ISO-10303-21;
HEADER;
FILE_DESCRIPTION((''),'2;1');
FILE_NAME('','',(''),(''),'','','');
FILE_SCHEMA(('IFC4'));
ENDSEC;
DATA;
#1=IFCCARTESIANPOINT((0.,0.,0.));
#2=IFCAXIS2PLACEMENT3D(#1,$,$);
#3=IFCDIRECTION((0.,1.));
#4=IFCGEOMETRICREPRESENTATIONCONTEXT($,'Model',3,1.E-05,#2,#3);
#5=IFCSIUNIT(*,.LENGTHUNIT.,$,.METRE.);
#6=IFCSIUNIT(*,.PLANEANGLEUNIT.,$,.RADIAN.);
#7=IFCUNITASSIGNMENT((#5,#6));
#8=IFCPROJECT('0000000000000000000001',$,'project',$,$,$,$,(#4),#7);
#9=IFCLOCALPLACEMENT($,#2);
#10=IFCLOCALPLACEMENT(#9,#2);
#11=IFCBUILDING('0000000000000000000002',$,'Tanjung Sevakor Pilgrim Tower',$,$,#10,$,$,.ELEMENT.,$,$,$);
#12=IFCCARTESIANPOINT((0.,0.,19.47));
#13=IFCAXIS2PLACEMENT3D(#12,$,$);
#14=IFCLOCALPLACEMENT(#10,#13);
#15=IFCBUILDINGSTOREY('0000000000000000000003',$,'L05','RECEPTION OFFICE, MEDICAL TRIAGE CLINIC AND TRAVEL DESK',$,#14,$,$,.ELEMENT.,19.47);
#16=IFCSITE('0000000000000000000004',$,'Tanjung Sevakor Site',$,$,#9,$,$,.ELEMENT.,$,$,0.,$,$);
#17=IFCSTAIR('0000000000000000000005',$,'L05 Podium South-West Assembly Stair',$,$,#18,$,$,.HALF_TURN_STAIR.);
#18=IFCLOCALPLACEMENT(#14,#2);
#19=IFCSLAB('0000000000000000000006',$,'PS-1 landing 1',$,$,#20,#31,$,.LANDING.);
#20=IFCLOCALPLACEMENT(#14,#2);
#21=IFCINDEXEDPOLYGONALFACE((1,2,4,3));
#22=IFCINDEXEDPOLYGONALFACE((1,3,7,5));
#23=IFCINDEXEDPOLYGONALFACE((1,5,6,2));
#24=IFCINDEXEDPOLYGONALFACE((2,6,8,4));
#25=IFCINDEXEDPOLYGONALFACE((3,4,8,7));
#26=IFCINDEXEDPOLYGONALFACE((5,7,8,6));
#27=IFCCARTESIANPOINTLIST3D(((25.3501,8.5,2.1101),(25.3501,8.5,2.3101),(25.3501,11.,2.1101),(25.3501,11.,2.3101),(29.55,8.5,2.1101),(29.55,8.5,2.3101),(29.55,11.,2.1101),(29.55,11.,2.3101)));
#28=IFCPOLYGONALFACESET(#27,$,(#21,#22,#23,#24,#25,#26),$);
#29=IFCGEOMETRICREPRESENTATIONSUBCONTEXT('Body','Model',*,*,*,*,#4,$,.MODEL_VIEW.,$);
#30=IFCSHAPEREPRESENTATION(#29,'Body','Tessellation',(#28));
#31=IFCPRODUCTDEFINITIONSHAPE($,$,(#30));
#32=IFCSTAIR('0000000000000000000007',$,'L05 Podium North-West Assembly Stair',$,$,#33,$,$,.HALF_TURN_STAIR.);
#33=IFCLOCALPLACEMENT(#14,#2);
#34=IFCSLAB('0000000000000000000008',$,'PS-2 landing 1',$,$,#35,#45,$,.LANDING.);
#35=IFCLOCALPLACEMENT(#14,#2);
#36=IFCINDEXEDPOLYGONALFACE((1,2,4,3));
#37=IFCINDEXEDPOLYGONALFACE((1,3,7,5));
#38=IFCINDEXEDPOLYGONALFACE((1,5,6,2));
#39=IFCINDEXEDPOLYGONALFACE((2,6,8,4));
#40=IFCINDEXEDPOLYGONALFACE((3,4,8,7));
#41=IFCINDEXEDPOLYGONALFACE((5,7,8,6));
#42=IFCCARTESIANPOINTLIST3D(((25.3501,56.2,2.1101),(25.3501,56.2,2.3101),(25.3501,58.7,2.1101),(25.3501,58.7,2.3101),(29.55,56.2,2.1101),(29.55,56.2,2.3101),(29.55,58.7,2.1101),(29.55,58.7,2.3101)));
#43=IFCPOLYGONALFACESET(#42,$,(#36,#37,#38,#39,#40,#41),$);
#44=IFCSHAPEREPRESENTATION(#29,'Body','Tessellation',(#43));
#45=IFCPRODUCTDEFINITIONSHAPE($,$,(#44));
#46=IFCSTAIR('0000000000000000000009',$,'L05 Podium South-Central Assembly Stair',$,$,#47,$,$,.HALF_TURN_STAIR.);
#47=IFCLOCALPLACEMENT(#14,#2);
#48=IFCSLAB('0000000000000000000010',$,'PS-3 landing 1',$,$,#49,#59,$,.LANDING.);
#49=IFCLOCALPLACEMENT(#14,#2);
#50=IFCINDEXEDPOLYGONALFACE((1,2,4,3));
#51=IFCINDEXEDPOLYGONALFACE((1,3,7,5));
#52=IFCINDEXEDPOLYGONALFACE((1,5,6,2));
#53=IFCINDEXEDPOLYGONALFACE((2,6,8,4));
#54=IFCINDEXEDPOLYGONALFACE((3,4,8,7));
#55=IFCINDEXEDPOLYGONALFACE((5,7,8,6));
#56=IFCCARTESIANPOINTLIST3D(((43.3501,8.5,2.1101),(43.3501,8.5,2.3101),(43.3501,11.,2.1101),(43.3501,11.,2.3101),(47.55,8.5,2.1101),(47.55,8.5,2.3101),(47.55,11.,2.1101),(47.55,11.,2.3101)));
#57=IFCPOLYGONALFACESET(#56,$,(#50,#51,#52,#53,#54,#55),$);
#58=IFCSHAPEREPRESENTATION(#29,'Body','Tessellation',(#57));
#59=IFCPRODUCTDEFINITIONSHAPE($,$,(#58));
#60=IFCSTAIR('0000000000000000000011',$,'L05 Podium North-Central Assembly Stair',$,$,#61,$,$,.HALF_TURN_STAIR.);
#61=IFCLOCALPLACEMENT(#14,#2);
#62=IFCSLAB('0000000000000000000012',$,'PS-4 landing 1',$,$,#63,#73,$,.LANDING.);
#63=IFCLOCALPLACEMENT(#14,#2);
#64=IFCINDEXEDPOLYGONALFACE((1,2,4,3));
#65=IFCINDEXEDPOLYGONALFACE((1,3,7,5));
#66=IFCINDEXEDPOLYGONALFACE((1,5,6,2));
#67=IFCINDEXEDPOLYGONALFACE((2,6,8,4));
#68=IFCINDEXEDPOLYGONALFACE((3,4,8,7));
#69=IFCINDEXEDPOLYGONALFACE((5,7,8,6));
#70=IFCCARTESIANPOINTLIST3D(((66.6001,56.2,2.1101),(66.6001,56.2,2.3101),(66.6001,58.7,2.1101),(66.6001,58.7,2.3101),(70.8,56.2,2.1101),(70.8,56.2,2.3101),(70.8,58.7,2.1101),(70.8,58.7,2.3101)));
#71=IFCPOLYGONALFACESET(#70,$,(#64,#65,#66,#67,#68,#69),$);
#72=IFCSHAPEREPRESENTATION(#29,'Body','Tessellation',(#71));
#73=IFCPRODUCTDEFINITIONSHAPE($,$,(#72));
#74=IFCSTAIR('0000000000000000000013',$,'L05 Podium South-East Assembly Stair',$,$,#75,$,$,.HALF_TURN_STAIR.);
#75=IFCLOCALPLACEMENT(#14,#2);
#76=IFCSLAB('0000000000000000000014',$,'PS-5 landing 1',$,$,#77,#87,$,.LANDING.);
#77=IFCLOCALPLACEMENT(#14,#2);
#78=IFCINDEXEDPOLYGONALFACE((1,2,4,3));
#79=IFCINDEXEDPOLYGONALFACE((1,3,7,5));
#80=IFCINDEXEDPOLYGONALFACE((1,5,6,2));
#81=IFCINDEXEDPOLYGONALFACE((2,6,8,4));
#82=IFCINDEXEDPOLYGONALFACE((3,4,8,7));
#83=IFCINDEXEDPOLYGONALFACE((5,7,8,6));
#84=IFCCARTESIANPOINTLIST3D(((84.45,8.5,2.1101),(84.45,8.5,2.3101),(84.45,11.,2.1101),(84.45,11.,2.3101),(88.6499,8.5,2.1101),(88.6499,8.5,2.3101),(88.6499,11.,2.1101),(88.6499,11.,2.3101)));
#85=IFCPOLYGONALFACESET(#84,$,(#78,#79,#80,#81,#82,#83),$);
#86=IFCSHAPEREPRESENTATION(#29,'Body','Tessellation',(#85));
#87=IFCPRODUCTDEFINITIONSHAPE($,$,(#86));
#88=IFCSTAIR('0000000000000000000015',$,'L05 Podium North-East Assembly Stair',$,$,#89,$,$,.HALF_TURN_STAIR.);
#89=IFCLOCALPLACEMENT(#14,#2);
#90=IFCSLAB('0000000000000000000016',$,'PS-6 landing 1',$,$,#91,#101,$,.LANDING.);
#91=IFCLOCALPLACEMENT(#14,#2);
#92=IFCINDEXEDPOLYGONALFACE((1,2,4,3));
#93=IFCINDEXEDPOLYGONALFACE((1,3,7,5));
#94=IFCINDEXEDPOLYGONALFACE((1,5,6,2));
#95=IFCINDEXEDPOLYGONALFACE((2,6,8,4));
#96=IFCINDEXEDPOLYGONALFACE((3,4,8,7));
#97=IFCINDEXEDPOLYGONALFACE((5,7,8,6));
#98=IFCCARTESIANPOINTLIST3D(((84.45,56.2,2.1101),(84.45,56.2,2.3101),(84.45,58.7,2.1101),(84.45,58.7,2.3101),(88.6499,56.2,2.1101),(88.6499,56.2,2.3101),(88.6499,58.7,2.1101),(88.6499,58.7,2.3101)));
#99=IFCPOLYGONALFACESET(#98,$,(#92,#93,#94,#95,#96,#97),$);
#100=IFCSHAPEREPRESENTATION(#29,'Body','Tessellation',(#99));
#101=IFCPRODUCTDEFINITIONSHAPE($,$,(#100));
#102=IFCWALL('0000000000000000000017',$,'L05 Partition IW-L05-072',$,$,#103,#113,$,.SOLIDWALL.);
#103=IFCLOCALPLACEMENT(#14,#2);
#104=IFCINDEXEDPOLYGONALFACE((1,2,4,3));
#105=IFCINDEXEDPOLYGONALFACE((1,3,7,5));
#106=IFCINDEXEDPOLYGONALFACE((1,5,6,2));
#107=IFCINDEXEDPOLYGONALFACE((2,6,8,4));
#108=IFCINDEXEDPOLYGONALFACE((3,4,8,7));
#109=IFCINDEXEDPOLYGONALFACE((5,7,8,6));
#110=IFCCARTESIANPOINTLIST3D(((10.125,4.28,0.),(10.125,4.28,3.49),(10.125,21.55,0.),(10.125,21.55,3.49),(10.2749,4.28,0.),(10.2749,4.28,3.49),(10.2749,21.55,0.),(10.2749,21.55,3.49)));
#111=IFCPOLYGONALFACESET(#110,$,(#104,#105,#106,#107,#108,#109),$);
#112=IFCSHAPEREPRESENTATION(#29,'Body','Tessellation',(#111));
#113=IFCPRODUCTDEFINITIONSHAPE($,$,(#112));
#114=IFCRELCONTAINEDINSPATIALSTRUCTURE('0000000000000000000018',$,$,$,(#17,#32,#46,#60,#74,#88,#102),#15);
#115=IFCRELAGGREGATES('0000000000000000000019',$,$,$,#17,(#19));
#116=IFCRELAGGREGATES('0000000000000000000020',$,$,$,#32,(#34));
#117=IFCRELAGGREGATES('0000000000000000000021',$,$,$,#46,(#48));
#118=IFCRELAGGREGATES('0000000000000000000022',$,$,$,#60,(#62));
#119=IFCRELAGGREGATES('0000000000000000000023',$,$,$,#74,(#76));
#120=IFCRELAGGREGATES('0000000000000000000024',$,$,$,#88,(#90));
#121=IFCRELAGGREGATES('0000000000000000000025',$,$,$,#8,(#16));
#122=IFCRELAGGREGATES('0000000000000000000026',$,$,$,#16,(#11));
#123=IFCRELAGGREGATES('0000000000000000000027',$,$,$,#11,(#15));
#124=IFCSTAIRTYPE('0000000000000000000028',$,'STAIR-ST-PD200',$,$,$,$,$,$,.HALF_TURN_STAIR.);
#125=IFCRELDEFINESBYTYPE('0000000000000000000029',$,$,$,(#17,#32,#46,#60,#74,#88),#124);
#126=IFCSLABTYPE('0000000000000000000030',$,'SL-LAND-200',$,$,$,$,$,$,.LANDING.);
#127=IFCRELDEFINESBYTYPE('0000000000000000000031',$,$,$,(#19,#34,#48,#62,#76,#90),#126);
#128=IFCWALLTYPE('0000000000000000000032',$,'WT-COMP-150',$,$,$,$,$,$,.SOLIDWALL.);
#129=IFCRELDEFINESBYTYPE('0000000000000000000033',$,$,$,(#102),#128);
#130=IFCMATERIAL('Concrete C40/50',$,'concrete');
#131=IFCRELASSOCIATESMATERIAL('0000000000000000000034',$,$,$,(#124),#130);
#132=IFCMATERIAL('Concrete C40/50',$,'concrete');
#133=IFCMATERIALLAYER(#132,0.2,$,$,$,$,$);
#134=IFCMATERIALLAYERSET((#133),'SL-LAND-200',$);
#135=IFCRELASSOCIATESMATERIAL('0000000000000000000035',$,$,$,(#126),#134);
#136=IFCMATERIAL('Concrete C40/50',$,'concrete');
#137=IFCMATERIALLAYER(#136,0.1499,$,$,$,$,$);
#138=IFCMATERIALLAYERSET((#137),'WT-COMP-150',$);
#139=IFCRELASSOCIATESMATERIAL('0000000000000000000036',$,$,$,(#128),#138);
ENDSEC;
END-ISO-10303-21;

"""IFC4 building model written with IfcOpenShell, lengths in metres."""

from ifc_helpers import new_model, si_unit, direction, frame, frame_2d, origin, place, context, subcontext, project, spatial, polyline, rectangle, outline, extrude, material, layer, layer_set, type_object, element, aggregate, save


model = new_model("IFC4")

# Units and contexts
model_context = context("Model", 3, precision=1e-05, world=origin(), true_north=direction((0.0, 1.0)))
body_context = subcontext(model_context, "Body", "Model", "MODEL_VIEW")
ifc_project = project(units=[si_unit("LENGTHUNIT", "METRE"), si_unit("PLANEANGLEUNIT", "RADIAN")], contexts=[model_context])

# Site, building, storey
site_placement = place(None, origin())
site = spatial("IfcSite", under=ifc_project, at=site_placement, Name="Tanjung Sevakor Site", CompositionType="ELEMENT", RefElevation=0.0)
building_placement = place(site_placement, origin())
building = spatial("IfcBuilding", under=site, at=building_placement, Name="Tanjung Sevakor Pilgrim Tower", CompositionType="ELEMENT")
storey_placement = place(building_placement, frame((0.0, 0.0, 19.47)))
storey = spatial("IfcBuildingStorey", under=building, at=storey_placement, Name="L05", Description="RECEPTION OFFICE, MEDICAL TRIAGE CLINIC AND TRAVEL DESK", CompositionType="ELEMENT", Elevation=19.47)

# Stairs, slabs
ifc_material_1 = material(Name="Concrete C40/50", Category="concrete")
stair_type = type_object("IfcStairType", Name="STAIR-ST-PD200", PredefinedType="HALF_TURN_STAIR", material=ifc_material_1)
stair_1_placement = place(storey_placement, origin())
stair_1 = element("IfcStair", 1, at=stair_1_placement, inside=storey, type_object=stair_type, Name="L05 Podium South-West Assembly Stair", PredefinedType="HALF_TURN_STAIR")
ifc_material_2 = material(Name="Concrete C40/50", Category="concrete")
ifc_layer_1 = layer(ifc_material_2, 0.2)
ifc_layer_set_1 = layer_set([ifc_layer_1], Name="SL-LAND-200")
slab_type = type_object("IfcSlabType", Name="SL-LAND-200", PredefinedType="LANDING", material=ifc_layer_set_1)
slab_1_placement = place(storey_placement, frame((0.0, 0.0, 2.1101)))
slab_1 = element("IfcSlab", 2, at=slab_1_placement, type_object=slab_type, Name="PS-1 landing 1", PredefinedType="LANDING", context=body_context, shape_type="SweptSolid", body=[
    extrude(outline(polyline([(25.3501, 11.0), (25.3501, 8.5), (29.55, 8.5), (29.55, 11.0), (25.3501, 11.0)])), origin(), (0.0, 0.0, 1.0), 0.2),
])
aggregate(stair_1, [slab_1])
stair_2_placement = place(storey_placement, origin())
stair_2 = element("IfcStair", 3, at=stair_2_placement, inside=storey, type_object=stair_type, Name="L05 Podium North-West Assembly Stair", PredefinedType="HALF_TURN_STAIR")
slab_2_placement = place(storey_placement, frame((0.0, 0.0, 2.1101)))
slab_2 = element("IfcSlab", 4, at=slab_2_placement, type_object=slab_type, Name="PS-2 landing 1", PredefinedType="LANDING", context=body_context, shape_type="SweptSolid", body=[
    extrude(outline(polyline([(29.55, 56.2), (29.55, 58.7), (25.3501, 58.7), (25.3501, 56.2), (29.55, 56.2)])), origin(), (0.0, 0.0, 1.0), 0.2),
])
aggregate(stair_2, [slab_2])
stair_3_placement = place(storey_placement, origin())
stair_3 = element("IfcStair", 5, at=stair_3_placement, inside=storey, type_object=stair_type, Name="L05 Podium South-Central Assembly Stair", PredefinedType="HALF_TURN_STAIR")
slab_3_placement = place(storey_placement, frame((0.0, 0.0, 2.1101)))
slab_3 = element("IfcSlab", 6, at=slab_3_placement, type_object=slab_type, Name="PS-3 landing 1", PredefinedType="LANDING", context=body_context, shape_type="SweptSolid", body=[
    extrude(outline(polyline([(43.3501, 11.0), (43.3501, 8.5), (47.55, 8.5), (47.55, 11.0), (43.3501, 11.0)])), origin(), (0.0, 0.0, 1.0), 0.2),
])
aggregate(stair_3, [slab_3])
stair_4_placement = place(storey_placement, origin())
stair_4 = element("IfcStair", 7, at=stair_4_placement, inside=storey, type_object=stair_type, Name="L05 Podium North-Central Assembly Stair", PredefinedType="HALF_TURN_STAIR")
slab_4_placement = place(storey_placement, frame((0.0, 0.0, 2.1101)))
slab_4 = element("IfcSlab", 8, at=slab_4_placement, type_object=slab_type, Name="PS-4 landing 1", PredefinedType="LANDING", context=body_context, shape_type="SweptSolid", body=[
    extrude(outline(polyline([(70.8, 56.2), (70.8, 58.7), (66.6001, 58.7), (66.6001, 56.2), (70.8, 56.2)])), origin(), (0.0, 0.0, 1.0), 0.2),
])
aggregate(stair_4, [slab_4])
stair_5_placement = place(storey_placement, origin())
stair_5 = element("IfcStair", 9, at=stair_5_placement, inside=storey, type_object=stair_type, Name="L05 Podium South-East Assembly Stair", PredefinedType="HALF_TURN_STAIR")
slab_5_placement = place(storey_placement, frame((0.0, 0.0, 2.1101)))
slab_5 = element("IfcSlab", 10, at=slab_5_placement, type_object=slab_type, Name="PS-5 landing 1", PredefinedType="LANDING", context=body_context, shape_type="SweptSolid", body=[
    extrude(outline(polyline([(84.45, 11.0), (84.45, 8.5), (88.6499, 8.5), (88.6499, 11.0), (84.45, 11.0)])), origin(), (0.0, 0.0, 1.0), 0.2),
])
aggregate(stair_5, [slab_5])
stair_6_placement = place(storey_placement, origin())
stair_6 = element("IfcStair", 11, at=stair_6_placement, inside=storey, type_object=stair_type, Name="L05 Podium North-East Assembly Stair", PredefinedType="HALF_TURN_STAIR")
slab_6_placement = place(storey_placement, frame((0.0, 0.0, 2.1101)))
slab_6 = element("IfcSlab", 12, at=slab_6_placement, type_object=slab_type, Name="PS-6 landing 1", PredefinedType="LANDING", context=body_context, shape_type="SweptSolid", body=[
    extrude(outline(polyline([(88.6499, 56.2), (88.6499, 58.7), (84.45, 58.7), (84.45, 56.2), (88.6499, 56.2)])), origin(), (0.0, 0.0, 1.0), 0.2),
])
aggregate(stair_6, [slab_6])

# Wall
ifc_material_3 = material(Name="Concrete C40/50", Category="concrete")
ifc_layer_2 = layer(ifc_material_3, 0.1499)
ifc_layer_set_2 = layer_set([ifc_layer_2], Name="WT-COMP-150")
wall_type_1 = type_object("IfcWallType", Name="WT-COMP-150", PredefinedType="SOLIDWALL", material=ifc_layer_set_2)
wall_1_placement = place(storey_placement, frame((10.2, 4.28, 0.0), z_axis=(0.0, 0.0, 1.0), x_axis=(0.0, 1.0, 0.0)))
element("IfcWall", 13, at=wall_1_placement, inside=storey, type_object=wall_type_1, Name="L05 Partition IW-L05-072", PredefinedType="SOLIDWALL", context=body_context, shape_type="SweptSolid", body=[
    extrude(rectangle(XDim=17.27, YDim=0.1499, at=frame_2d((8.635, 0.0))), origin(), (0.0, 0.0, 1.0), 3.49),
])

save(model, "model.ifc")
